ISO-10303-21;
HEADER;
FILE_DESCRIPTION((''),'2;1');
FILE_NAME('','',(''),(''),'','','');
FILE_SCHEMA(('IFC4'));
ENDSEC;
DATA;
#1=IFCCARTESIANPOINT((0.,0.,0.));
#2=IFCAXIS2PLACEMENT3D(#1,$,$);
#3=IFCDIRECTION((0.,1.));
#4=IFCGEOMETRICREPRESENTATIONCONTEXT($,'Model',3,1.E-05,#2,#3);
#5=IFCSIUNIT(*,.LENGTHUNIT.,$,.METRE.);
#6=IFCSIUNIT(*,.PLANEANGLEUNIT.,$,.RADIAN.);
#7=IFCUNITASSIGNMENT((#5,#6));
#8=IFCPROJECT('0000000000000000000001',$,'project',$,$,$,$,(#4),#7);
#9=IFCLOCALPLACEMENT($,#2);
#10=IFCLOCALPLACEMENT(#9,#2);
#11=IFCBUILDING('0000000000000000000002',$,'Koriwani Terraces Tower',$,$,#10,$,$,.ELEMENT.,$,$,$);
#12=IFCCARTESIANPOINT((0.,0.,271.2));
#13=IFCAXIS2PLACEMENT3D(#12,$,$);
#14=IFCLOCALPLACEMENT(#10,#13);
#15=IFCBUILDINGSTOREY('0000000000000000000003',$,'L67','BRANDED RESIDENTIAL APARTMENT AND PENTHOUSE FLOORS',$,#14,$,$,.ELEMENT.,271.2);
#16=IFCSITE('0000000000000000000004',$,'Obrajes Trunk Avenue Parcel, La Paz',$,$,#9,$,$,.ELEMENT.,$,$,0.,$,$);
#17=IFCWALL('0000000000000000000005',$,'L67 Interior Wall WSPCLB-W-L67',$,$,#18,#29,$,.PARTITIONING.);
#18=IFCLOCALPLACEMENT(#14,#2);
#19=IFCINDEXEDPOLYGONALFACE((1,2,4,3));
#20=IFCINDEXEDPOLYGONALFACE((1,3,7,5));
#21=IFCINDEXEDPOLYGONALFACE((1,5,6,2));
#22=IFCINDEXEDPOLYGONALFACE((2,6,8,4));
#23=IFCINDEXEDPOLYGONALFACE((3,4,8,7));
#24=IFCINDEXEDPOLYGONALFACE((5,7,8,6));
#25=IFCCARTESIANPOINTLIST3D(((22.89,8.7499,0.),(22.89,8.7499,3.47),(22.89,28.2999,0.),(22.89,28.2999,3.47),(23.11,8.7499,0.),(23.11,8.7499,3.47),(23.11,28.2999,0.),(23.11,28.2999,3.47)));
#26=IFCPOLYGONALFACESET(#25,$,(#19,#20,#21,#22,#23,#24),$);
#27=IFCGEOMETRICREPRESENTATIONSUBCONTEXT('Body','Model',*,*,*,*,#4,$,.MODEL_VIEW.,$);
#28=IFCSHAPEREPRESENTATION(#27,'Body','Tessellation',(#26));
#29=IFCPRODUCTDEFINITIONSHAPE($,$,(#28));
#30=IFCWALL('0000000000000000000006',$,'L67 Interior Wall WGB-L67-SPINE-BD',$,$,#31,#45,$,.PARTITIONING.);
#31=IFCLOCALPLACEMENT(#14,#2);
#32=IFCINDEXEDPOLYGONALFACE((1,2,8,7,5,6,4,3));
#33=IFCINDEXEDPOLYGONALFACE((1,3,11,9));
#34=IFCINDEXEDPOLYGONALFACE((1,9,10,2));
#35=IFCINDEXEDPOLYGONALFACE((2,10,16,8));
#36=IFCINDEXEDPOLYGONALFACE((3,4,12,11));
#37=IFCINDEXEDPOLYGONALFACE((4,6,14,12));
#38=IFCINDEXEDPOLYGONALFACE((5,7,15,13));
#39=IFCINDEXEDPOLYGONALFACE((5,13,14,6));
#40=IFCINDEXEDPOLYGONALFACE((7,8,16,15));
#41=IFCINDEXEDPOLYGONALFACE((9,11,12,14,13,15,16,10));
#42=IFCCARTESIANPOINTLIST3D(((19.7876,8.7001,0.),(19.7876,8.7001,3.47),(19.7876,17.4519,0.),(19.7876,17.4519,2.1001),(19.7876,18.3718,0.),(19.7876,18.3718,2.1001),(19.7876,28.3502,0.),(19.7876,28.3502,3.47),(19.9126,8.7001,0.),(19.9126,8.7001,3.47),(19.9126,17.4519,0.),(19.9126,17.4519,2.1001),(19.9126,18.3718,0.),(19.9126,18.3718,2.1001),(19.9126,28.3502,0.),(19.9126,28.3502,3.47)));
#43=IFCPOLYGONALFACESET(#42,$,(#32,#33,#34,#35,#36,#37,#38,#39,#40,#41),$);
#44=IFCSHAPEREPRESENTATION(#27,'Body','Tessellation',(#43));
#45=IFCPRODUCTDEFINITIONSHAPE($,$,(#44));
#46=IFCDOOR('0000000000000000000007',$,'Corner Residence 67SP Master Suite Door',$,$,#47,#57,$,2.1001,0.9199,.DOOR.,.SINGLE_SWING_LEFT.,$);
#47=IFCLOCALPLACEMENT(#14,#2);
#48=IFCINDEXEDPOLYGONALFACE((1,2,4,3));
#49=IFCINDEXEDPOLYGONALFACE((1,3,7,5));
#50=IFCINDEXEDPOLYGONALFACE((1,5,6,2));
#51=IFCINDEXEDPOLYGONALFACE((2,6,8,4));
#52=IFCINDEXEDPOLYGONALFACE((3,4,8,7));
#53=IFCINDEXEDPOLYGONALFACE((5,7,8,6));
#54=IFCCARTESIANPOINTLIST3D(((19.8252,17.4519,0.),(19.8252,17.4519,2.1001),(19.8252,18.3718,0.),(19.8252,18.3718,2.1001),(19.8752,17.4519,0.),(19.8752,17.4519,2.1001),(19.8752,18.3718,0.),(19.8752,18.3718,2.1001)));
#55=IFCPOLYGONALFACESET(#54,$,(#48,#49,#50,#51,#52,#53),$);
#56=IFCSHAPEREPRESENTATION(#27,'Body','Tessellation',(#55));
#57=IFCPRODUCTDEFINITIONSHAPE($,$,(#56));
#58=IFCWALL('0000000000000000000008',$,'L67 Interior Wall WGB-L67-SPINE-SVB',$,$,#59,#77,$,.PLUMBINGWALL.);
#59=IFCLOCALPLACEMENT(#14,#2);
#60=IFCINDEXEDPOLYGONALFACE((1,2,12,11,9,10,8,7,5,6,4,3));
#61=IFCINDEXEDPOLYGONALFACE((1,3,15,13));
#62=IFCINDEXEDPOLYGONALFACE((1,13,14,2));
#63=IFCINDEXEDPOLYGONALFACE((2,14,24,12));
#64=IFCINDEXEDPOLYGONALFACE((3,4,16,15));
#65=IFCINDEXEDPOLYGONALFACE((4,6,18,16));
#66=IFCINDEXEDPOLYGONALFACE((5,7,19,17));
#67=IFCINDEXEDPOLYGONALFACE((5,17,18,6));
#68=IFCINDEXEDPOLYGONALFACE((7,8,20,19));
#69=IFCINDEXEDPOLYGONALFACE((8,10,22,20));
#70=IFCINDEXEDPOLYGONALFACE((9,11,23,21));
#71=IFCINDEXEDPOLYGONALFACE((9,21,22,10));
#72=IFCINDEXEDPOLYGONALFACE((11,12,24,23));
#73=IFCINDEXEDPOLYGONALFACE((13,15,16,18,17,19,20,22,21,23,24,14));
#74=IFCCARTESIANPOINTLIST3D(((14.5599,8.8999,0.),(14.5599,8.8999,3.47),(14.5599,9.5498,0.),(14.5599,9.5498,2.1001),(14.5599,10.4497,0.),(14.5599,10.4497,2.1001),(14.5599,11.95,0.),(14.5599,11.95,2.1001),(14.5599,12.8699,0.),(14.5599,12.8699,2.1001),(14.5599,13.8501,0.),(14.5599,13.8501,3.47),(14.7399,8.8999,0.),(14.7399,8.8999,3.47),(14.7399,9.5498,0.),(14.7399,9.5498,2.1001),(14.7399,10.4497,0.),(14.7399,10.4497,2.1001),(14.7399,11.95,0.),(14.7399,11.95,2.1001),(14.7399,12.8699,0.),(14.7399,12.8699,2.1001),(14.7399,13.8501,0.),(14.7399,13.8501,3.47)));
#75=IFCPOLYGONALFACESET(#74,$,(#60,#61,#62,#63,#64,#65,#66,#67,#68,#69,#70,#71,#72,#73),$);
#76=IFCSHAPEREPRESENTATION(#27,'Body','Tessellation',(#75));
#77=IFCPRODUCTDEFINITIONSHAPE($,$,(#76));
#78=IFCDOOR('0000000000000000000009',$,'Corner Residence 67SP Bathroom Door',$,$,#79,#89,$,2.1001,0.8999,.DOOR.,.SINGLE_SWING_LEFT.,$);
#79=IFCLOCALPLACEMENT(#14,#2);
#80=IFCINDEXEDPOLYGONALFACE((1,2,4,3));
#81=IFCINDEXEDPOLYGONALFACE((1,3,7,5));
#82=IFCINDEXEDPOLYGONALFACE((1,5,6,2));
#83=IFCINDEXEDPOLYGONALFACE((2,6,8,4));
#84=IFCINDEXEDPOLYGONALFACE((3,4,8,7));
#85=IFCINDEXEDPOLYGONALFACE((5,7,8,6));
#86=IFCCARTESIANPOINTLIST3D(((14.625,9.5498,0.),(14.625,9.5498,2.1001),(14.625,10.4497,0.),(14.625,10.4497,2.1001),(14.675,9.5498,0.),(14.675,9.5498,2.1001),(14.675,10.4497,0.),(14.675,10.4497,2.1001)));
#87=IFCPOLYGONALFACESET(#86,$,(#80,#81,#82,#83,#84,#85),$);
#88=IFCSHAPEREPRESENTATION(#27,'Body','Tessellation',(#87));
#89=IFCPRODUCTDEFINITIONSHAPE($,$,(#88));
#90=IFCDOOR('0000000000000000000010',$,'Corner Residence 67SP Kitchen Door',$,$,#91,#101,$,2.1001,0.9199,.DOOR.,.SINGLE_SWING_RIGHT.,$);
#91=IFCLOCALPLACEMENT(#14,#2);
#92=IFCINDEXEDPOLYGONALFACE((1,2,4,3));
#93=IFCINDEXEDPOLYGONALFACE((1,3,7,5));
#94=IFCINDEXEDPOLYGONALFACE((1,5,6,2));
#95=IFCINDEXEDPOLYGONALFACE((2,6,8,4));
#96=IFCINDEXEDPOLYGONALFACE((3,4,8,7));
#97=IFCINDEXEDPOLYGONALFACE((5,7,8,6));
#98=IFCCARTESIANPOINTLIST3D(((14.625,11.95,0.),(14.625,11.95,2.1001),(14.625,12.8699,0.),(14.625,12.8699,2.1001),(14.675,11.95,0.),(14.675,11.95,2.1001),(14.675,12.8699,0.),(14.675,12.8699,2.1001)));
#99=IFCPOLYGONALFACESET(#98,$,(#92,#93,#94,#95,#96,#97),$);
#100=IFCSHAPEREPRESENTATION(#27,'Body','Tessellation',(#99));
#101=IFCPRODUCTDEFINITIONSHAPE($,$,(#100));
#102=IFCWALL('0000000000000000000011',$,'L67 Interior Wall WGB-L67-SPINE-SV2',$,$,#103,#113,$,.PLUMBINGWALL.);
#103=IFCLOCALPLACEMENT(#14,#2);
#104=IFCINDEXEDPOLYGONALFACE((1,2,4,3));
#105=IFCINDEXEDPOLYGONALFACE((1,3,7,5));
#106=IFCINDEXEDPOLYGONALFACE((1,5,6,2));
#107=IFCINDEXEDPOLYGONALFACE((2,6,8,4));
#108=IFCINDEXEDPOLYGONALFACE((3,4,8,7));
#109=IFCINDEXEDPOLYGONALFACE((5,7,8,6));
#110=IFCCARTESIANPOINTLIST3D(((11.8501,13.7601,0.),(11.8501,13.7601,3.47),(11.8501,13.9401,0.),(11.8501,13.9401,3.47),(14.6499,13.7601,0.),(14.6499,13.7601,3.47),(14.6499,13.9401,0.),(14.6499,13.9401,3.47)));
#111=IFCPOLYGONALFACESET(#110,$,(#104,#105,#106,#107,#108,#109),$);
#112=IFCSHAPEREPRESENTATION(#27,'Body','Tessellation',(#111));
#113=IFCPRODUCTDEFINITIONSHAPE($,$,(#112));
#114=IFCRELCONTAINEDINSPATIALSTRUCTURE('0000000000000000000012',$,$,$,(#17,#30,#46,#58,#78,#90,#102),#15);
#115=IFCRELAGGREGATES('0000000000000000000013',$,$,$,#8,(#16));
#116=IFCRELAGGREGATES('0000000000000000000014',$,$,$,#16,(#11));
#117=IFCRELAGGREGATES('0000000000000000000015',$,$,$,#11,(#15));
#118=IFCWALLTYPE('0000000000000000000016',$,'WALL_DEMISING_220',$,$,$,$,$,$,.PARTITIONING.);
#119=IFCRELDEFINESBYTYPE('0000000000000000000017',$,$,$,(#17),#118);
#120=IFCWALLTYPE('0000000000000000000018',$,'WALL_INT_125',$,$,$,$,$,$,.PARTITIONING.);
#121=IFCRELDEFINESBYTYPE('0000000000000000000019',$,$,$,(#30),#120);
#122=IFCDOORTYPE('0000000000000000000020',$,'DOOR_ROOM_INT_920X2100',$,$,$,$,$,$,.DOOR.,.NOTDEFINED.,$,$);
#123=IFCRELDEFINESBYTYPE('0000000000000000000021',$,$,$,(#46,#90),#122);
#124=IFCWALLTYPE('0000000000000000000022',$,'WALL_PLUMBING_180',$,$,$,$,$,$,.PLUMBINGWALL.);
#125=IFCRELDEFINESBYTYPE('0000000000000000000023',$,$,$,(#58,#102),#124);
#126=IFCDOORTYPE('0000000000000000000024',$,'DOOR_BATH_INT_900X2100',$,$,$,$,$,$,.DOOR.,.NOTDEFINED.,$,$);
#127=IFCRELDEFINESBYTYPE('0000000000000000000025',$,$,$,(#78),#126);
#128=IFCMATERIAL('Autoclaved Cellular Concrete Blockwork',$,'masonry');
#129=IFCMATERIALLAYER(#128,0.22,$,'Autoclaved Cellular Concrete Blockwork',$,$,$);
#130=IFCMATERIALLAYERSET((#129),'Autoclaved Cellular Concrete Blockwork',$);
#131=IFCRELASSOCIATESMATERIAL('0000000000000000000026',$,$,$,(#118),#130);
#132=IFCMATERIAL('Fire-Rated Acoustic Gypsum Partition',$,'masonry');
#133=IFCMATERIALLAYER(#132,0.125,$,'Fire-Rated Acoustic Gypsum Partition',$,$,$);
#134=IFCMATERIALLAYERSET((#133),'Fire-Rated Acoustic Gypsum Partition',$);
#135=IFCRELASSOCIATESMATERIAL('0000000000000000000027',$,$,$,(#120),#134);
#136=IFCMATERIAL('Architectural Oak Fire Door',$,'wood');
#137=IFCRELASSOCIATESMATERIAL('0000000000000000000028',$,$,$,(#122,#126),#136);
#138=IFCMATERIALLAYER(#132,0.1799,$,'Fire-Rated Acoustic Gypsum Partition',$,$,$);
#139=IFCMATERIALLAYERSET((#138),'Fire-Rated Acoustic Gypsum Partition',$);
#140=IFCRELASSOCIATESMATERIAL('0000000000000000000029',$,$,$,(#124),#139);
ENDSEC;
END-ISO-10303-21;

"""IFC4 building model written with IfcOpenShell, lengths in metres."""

from ifc_helpers import new_model, si_unit, direction, frame, frame_2d, origin, place, context, subcontext, project, spatial, rectangle, extrude, material, layer, layer_set, type_object, element, fill, save


model = new_model("IFC4")

# Units and contexts
model_context = context("Model", 3, precision=1e-05, world=origin(), true_north=direction((0.0, 1.0)))
body_context = subcontext(model_context, "Body", "Model", "MODEL_VIEW")
ifc_project = project(units=[si_unit("LENGTHUNIT", "METRE"), si_unit("PLANEANGLEUNIT", "RADIAN")], contexts=[model_context])

# Site, building, storey
site_placement = place(None, origin())
site = spatial("IfcSite", under=ifc_project, at=site_placement, Name="Obrajes Trunk Avenue Parcel, La Paz", CompositionType="ELEMENT", RefElevation=0.0)
building_placement = place(site_placement, origin())
building = spatial("IfcBuilding", under=site, at=building_placement, Name="Koriwani Terraces Tower", CompositionType="ELEMENT")
storey_placement = place(building_placement, frame((0.0, 0.0, 271.2)))
storey = spatial("IfcBuildingStorey", under=building, at=storey_placement, Name="L67", Description="BRANDED RESIDENTIAL APARTMENT AND PENTHOUSE FLOORS", CompositionType="ELEMENT", Elevation=271.2)

# Wall
ifc_material_1 = material(Name="Autoclaved Cellular Concrete Blockwork", Category="masonry")
ifc_layer_1 = layer(ifc_material_1, 0.22, Name="Autoclaved Cellular Concrete Blockwork")
ifc_layer_set_1 = layer_set([ifc_layer_1], Name="Autoclaved Cellular Concrete Blockwork")
wall_type_1 = type_object("IfcWallType", Name="WALL_DEMISING_220", PredefinedType="PARTITIONING", material=ifc_layer_set_1)
wall_1_placement = place(storey_placement, frame((23.0, 8.75, 0.0), z_axis=(0.0, 0.0, 1.0), x_axis=(0.0, 1.0, 0.0)))
element("IfcWall", 1, at=wall_1_placement, inside=storey, type_object=wall_type_1, Name="L67 Interior Wall WSPCLB-W-L67", PredefinedType="PARTITIONING", context=body_context, shape_type="SweptSolid", body=[
    extrude(rectangle(XDim=19.55, YDim=0.22, at=frame_2d((9.7749, 0.0))), origin(), (0.0, 0.0, 1.0), 3.47),
])

# Wall, opening, door
ifc_material_2 = material(Name="Fire-Rated Acoustic Gypsum Partition", Category="masonry")
ifc_layer_2 = layer(ifc_material_2, 0.125, Name="Fire-Rated Acoustic Gypsum Partition")
ifc_layer_set_2 = layer_set([ifc_layer_2], Name="Fire-Rated Acoustic Gypsum Partition")
wall_type_2 = type_object("IfcWallType", Name="WALL_INT_125", PredefinedType="PARTITIONING", material=ifc_layer_set_2)
wall_2_placement = place(storey_placement, frame((19.8501, 8.7, 0.0), z_axis=(0.0, 0.0, 1.0), x_axis=(0.0, 1.0, 0.0)))
wall_2 = element("IfcWall", 2, at=wall_2_placement, inside=storey, type_object=wall_type_2, Name="L67 Interior Wall WGB-L67-SPINE-BD", PredefinedType="PARTITIONING", context=body_context, shape_type="SweptSolid", body=[
    extrude(rectangle(XDim=19.6501, YDim=0.125, at=frame_2d((9.8252, 0.0))), origin(), (0.0, 0.0, 1.0), 3.47),
])
opening_1_placement = place(wall_2_placement, frame((8.752, 0.0, 0.0)))
opening_1 = element("IfcOpeningElement", 3, at=opening_1_placement, cuts=wall_2, PredefinedType="OPENING", context=body_context, shape_type="SweptSolid", body=[
    extrude(rectangle(XDim=0.9199, YDim=2.1001, at=frame_2d((0.46, 1.05))), frame((0.0, 0.0725, 0.0), z_axis=(0.0, -1.0, 0.0), x_axis=(1.0, 0.0, 0.0)), (0.0, 0.0, 1.0), 0.145),
])
ifc_material_3 = material(Name="Architectural Oak Fire Door", Category="wood")
door_type_1 = type_object("IfcDoorType", Name="DOOR_ROOM_INT_920X2100", OperationType="NOTDEFINED", PredefinedType="DOOR", material=ifc_material_3)
door_1_placement = place(opening_1_placement, origin())
door_1 = element("IfcDoor", 4, at=door_1_placement, inside=storey, type_object=door_type_1, Name="Corner Residence 67SP Master Suite Door", OperationType="SINGLE_SWING_LEFT", OverallHeight=2.1001, OverallWidth=0.9199, PredefinedType="DOOR", context=body_context, shape_type="SweptSolid", body=[
    extrude(rectangle(XDim=0.9199, YDim=2.1001, at=frame_2d((0.46, 1.05))), frame((0.0, 0.0249, 0.0), z_axis=(0.0, -1.0, 0.0), x_axis=(1.0, 0.0, 0.0)), (0.0, 0.0, 1.0), 0.05),
])
fill(opening_1, door_1)

# Wall, openings, doors
ifc_layer_3 = layer(ifc_material_2, 0.1799, Name="Fire-Rated Acoustic Gypsum Partition")
ifc_layer_set_3 = layer_set([ifc_layer_3], Name="Fire-Rated Acoustic Gypsum Partition")
wall_type_3 = type_object("IfcWallType", Name="WALL_PLUMBING_180", PredefinedType="PLUMBINGWALL", material=ifc_layer_set_3)
wall_3_placement = place(storey_placement, frame((14.6499, 8.8999, 0.0), z_axis=(0.0, 0.0, 1.0), x_axis=(0.0, 1.0, 0.0)))
wall_3 = element("IfcWall", 5, at=wall_3_placement, inside=storey, type_object=wall_type_3, Name="L67 Interior Wall WGB-L67-SPINE-SVB", PredefinedType="PLUMBINGWALL", context=body_context, shape_type="SweptSolid", body=[
    extrude(rectangle(XDim=4.9502, YDim=0.1799, at=frame_2d((2.4751, 0.0))), origin(), (0.0, 0.0, 1.0), 3.47),
])
opening_2_placement = place(wall_3_placement, frame((0.6499, 0.0, 0.0)))
opening_2 = element("IfcOpeningElement", 6, at=opening_2_placement, cuts=wall_3, PredefinedType="OPENING", context=body_context, shape_type="SweptSolid", body=[
    extrude(rectangle(XDim=0.8999, YDim=2.1001, at=frame_2d((0.45, 1.05))), frame((0.0, 0.1001, 0.0), z_axis=(0.0, -1.0, 0.0), x_axis=(1.0, 0.0, 0.0)), (0.0, 0.0, 1.0), 0.2),
])
opening_3_placement = place(wall_3_placement, frame((3.05, 0.0, 0.0)))
opening_3 = element("IfcOpeningElement", 7, at=opening_3_placement, cuts=wall_3, PredefinedType="OPENING", context=body_context, shape_type="SweptSolid", body=[
    extrude(rectangle(XDim=0.9199, YDim=2.1001, at=frame_2d((0.46, 1.05))), frame((0.0, 0.1001, 0.0), z_axis=(0.0, -1.0, 0.0), x_axis=(1.0, 0.0, 0.0)), (0.0, 0.0, 1.0), 0.2),
])
door_type_2 = type_object("IfcDoorType", Name="DOOR_BATH_INT_900X2100", OperationType="NOTDEFINED", PredefinedType="DOOR", material=ifc_material_3)
door_2_placement = place(opening_2_placement, origin())
door_2 = element("IfcDoor", 8, at=door_2_placement, inside=storey, type_object=door_type_2, Name="Corner Residence 67SP Bathroom Door", OperationType="SINGLE_SWING_LEFT", OverallHeight=2.1001, OverallWidth=0.8999, PredefinedType="DOOR", context=body_context, shape_type="SweptSolid", body=[
    extrude(rectangle(XDim=0.8999, YDim=2.1001, at=frame_2d((0.45, 1.05))), frame((0.0, 0.0249, 0.0), z_axis=(0.0, -1.0, 0.0), x_axis=(1.0, 0.0, 0.0)), (0.0, 0.0, 1.0), 0.05),
])
fill(opening_2, door_2)
door_3_placement = place(opening_3_placement, origin())
door_3 = element("IfcDoor", 9, at=door_3_placement, inside=storey, type_object=door_type_1, Name="Corner Residence 67SP Kitchen Door", OperationType="SINGLE_SWING_RIGHT", OverallHeight=2.1001, OverallWidth=0.9199, PredefinedType="DOOR", context=body_context, shape_type="SweptSolid", body=[
    extrude(rectangle(XDim=0.9199, YDim=2.1001, at=frame_2d((0.46, 1.05))), frame((0.0, 0.0249, 0.0), z_axis=(0.0, -1.0, 0.0), x_axis=(1.0, 0.0, 0.0)), (0.0, 0.0, 1.0), 0.05),
])
fill(opening_3, door_3)

# Wall
wall_4_placement = place(storey_placement, frame((11.8501, 13.8501, 0.0), z_axis=(0.0, 0.0, 1.0), x_axis=(1.0, 0.0, 0.0)))
element("IfcWall", 10, at=wall_4_placement, inside=storey, type_object=wall_type_3, Name="L67 Interior Wall WGB-L67-SPINE-SV2", PredefinedType="PLUMBINGWALL", context=body_context, shape_type="SweptSolid", body=[
    extrude(rectangle(XDim=2.7998, YDim=0.1799, at=frame_2d((1.3999, 0.0))), origin(), (0.0, 0.0, 1.0), 3.47),
])

save(model, "model.ifc")
